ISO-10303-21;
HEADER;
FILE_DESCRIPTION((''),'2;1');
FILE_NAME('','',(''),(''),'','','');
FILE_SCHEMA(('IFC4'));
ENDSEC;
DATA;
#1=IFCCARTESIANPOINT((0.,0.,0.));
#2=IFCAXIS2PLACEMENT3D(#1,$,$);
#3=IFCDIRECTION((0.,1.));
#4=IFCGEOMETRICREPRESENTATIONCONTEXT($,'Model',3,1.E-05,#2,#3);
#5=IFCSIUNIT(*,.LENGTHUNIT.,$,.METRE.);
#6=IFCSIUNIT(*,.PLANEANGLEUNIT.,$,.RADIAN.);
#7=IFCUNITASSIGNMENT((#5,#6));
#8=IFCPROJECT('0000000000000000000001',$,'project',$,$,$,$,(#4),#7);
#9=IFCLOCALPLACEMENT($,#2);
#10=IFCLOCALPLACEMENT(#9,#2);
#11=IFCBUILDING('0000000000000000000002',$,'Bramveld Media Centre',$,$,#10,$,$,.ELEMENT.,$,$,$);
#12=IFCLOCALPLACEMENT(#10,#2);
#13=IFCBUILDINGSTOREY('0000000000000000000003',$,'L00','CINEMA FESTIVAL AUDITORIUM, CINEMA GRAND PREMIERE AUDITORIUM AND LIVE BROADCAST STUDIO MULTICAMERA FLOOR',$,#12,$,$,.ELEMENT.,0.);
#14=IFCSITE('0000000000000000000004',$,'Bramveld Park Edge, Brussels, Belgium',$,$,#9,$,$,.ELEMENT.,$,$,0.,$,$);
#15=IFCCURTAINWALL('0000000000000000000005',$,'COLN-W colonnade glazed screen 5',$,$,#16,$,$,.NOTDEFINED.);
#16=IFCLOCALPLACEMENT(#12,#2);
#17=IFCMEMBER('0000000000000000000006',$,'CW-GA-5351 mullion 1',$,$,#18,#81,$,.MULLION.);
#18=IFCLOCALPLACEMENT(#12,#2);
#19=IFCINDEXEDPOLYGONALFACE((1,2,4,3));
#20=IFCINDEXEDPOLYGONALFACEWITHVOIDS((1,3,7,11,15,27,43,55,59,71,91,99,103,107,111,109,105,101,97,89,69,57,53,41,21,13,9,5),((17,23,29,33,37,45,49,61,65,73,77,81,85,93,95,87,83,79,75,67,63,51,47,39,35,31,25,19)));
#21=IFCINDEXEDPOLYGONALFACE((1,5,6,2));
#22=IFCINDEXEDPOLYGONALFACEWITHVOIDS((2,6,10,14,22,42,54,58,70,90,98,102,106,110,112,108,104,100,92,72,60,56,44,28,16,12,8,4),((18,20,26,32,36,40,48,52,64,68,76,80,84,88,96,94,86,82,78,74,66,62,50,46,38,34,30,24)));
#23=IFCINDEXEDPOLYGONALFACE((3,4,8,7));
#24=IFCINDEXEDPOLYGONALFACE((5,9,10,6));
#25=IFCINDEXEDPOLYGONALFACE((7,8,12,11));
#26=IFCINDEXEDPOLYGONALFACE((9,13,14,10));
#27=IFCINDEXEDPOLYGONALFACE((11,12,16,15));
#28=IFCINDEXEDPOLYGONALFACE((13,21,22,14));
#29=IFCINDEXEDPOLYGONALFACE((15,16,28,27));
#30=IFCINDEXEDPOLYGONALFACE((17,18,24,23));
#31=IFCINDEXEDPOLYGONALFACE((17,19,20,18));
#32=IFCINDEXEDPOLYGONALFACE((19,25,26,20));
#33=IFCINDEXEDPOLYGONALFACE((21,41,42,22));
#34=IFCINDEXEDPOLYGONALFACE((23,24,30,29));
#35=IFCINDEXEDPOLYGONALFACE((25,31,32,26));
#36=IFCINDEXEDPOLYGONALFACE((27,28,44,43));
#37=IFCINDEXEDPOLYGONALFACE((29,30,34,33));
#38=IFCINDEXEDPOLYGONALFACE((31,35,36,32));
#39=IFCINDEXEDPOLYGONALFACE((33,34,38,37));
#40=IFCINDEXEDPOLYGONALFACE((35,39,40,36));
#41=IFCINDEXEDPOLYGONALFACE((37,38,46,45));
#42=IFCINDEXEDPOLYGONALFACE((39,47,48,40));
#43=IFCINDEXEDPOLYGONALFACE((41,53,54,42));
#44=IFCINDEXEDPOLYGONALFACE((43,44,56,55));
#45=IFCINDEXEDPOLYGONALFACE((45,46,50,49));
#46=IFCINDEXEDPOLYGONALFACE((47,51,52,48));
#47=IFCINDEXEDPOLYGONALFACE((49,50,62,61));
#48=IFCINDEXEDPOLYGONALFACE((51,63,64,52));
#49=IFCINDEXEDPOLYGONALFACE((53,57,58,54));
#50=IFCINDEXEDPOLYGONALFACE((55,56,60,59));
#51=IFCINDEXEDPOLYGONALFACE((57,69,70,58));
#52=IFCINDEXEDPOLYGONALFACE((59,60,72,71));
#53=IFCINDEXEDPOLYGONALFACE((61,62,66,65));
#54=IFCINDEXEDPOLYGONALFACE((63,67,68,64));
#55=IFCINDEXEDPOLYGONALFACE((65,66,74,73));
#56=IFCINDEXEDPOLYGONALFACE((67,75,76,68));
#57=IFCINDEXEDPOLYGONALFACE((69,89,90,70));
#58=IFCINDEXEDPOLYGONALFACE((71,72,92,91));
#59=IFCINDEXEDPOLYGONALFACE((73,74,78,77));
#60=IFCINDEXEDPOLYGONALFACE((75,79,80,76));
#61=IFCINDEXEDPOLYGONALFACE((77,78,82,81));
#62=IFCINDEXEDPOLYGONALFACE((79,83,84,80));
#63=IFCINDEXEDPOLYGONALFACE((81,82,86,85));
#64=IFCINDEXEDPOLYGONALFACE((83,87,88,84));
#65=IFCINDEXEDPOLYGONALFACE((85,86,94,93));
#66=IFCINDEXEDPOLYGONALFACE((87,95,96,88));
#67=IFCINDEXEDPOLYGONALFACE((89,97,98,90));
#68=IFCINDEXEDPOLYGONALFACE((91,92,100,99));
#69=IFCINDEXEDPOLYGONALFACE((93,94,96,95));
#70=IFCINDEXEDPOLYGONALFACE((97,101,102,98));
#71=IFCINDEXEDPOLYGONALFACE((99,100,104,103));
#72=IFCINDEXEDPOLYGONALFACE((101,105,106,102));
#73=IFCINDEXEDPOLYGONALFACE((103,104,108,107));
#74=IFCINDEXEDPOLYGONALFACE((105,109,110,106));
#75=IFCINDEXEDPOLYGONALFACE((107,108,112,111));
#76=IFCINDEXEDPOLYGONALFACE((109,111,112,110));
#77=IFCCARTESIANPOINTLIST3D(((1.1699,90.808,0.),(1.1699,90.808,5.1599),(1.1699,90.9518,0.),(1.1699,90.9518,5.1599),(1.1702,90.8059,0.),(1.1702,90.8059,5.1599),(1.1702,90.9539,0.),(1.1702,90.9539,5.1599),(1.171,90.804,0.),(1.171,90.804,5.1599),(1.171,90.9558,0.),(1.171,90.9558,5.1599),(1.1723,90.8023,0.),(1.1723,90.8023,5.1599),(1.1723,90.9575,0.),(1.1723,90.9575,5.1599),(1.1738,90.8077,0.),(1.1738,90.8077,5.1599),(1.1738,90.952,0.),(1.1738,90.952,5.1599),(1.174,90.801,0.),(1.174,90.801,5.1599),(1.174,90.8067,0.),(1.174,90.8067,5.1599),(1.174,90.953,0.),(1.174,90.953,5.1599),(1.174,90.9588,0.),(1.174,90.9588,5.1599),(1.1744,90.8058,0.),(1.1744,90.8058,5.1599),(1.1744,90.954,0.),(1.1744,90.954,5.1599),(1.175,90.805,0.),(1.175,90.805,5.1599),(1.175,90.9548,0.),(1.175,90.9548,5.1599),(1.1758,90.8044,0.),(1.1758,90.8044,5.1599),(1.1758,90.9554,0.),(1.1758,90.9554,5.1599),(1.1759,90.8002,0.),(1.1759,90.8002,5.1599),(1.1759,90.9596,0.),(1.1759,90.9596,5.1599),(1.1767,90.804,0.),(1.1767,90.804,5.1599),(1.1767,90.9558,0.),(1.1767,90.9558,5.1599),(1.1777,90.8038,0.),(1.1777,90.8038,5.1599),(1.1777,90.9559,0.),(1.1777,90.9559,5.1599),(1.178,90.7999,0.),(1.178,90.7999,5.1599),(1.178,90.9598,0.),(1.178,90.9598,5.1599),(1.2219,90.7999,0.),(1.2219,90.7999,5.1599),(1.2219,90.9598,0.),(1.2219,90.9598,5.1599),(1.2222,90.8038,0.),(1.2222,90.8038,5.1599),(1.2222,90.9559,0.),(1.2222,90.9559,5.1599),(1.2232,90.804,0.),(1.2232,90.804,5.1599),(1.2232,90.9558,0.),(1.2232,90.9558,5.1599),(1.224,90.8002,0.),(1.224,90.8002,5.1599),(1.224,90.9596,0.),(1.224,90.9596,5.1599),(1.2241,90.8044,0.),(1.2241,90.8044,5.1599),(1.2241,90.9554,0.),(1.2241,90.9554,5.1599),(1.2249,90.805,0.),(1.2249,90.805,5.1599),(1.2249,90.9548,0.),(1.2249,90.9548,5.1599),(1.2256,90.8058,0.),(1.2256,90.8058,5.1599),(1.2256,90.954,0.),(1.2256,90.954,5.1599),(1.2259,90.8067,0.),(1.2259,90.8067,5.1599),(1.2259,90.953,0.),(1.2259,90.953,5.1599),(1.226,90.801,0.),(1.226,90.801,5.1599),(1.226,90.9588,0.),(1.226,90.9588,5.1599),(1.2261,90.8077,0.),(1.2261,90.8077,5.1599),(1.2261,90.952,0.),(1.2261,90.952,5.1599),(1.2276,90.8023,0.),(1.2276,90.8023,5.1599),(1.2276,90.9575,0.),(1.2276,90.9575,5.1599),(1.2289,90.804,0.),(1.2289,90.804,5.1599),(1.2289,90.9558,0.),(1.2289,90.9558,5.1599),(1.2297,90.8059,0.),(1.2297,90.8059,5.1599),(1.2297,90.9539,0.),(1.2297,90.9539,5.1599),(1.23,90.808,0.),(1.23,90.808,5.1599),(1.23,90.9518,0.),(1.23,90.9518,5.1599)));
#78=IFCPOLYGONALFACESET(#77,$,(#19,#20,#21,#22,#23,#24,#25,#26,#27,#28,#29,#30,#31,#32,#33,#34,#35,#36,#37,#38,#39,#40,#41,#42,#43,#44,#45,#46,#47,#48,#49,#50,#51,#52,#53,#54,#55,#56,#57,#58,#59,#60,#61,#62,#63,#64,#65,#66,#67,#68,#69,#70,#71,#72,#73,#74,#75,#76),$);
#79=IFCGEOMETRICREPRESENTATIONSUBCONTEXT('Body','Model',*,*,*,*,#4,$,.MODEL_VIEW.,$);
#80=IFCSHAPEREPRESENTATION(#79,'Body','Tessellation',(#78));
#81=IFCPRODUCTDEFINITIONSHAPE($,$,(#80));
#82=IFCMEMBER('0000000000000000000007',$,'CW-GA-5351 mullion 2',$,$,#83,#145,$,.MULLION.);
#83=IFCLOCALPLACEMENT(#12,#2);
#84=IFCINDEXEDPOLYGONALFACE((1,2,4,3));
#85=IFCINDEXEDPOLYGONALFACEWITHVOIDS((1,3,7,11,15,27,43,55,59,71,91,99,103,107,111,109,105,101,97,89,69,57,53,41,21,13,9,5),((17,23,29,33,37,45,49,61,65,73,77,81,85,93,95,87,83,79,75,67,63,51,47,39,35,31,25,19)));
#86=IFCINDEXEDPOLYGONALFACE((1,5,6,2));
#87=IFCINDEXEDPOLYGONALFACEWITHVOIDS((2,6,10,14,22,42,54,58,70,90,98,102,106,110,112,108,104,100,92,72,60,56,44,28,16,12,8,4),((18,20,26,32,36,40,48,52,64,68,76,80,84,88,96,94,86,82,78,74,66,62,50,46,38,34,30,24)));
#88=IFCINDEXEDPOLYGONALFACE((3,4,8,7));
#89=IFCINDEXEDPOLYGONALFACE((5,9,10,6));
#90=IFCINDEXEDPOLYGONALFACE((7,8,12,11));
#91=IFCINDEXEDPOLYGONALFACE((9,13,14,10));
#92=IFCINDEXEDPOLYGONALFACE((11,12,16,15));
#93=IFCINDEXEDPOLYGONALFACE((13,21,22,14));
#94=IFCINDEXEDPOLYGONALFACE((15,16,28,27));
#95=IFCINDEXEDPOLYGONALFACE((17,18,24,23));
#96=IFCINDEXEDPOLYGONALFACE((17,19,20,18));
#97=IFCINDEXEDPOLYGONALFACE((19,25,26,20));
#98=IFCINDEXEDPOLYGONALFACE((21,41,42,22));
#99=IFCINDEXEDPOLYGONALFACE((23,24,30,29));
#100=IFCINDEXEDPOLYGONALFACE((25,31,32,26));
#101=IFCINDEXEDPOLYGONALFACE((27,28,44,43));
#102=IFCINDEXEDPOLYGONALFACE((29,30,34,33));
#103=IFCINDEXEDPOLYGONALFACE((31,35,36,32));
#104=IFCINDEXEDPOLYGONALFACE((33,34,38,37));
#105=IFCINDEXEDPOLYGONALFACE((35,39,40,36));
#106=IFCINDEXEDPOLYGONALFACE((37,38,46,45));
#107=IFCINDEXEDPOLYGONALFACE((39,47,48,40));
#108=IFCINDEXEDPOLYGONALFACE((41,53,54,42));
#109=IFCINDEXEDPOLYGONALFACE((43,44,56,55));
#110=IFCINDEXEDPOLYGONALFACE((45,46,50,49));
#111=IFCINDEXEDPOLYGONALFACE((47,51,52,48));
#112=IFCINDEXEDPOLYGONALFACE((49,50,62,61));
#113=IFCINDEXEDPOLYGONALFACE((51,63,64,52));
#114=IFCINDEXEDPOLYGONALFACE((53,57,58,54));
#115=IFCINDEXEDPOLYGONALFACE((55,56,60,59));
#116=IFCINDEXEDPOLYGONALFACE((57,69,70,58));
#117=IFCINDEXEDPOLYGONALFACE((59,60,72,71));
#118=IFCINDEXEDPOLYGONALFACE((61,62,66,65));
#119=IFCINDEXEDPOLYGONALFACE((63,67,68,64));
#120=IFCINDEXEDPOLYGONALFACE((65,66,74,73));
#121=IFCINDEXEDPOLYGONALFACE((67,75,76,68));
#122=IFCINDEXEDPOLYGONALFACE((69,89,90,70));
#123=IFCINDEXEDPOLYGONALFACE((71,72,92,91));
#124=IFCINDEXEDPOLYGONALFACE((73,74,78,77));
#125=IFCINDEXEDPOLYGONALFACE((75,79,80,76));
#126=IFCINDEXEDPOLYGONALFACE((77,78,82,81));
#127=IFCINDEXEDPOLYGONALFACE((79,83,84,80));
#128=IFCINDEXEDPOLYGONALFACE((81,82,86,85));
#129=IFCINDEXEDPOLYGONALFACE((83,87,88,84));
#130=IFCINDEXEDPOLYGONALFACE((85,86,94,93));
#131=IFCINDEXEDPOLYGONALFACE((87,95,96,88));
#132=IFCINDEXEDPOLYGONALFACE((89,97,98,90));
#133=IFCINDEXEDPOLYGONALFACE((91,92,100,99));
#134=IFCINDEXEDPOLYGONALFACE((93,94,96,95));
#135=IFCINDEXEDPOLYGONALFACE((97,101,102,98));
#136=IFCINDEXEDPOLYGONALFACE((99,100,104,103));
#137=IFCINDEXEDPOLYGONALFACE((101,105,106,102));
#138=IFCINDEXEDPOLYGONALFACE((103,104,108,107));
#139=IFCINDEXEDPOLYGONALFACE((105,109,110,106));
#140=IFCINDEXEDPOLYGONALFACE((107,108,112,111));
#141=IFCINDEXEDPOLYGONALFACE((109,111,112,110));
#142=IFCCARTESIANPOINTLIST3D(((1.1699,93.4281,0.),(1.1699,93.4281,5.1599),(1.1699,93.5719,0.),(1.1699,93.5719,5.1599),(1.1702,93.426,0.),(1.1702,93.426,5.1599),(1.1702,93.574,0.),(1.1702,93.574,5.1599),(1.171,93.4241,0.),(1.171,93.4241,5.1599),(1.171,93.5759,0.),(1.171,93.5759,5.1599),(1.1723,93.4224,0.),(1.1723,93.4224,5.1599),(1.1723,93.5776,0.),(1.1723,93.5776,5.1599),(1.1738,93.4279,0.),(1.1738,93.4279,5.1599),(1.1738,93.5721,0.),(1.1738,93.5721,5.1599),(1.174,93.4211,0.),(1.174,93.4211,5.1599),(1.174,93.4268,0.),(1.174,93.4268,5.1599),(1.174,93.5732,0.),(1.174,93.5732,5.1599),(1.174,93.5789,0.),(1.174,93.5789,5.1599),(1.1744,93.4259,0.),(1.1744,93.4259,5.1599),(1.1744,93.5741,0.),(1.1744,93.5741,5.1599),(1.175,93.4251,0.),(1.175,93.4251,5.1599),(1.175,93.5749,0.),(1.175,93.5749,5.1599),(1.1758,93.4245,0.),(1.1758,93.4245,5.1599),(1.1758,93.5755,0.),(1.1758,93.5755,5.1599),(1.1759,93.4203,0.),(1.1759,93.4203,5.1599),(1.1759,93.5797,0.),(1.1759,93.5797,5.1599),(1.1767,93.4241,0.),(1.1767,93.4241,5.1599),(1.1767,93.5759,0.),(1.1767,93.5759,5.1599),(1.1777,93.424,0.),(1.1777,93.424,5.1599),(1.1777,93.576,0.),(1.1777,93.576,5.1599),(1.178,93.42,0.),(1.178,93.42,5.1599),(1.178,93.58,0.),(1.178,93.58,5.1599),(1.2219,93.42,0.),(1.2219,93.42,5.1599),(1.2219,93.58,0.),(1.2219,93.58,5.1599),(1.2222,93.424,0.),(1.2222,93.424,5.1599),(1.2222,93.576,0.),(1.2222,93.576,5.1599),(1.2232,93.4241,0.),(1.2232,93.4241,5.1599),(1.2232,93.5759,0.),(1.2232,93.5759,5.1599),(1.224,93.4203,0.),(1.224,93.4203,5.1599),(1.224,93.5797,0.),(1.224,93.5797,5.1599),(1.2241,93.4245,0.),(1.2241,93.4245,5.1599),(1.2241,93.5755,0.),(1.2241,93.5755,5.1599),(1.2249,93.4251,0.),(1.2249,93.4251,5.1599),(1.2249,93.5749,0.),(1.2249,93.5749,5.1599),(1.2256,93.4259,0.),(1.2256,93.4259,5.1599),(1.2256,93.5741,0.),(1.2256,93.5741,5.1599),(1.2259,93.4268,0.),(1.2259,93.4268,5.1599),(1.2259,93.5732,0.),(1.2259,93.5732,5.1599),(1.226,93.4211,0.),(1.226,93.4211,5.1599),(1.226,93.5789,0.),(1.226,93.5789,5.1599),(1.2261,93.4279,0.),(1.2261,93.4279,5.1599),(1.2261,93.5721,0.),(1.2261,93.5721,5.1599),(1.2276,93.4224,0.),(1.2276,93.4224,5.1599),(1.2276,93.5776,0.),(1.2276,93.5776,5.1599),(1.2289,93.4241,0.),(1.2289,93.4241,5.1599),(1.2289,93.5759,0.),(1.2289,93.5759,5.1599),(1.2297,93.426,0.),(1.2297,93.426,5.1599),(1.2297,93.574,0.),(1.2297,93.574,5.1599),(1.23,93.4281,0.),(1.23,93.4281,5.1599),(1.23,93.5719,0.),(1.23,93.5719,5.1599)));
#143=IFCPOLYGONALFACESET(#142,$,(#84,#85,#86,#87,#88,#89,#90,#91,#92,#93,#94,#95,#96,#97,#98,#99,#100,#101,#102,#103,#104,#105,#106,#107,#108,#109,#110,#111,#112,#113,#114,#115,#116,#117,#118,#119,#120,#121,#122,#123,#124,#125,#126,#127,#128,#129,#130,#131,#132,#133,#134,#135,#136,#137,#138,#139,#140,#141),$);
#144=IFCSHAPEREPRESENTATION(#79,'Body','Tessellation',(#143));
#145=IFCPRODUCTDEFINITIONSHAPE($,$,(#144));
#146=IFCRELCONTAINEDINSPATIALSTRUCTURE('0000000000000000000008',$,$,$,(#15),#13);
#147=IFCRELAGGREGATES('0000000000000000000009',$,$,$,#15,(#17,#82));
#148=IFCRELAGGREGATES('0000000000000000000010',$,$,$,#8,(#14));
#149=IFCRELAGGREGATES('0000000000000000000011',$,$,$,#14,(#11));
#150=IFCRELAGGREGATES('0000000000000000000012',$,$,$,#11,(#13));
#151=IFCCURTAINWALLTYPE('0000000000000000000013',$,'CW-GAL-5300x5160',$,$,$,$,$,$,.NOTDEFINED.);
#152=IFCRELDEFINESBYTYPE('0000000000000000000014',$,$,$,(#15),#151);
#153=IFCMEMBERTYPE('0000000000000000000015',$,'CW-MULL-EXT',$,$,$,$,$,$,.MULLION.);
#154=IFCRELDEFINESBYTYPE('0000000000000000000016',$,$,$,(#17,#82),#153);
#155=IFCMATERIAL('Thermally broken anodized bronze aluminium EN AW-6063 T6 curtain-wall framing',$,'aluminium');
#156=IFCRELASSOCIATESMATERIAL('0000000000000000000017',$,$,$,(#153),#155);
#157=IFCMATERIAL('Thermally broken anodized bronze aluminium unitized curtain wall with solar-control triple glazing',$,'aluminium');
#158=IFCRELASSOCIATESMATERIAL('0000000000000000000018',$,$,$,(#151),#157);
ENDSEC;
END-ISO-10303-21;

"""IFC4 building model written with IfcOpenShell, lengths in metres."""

from ifc_helpers import new_model, si_unit, direction, frame, origin, origin_2d, place, context, subcontext, project, spatial, hollow_rectangle, extrude, material, material_profile, profile_set, type_object, element, aggregate, save


model = new_model("IFC4")

# Units and contexts
model_context = context("Model", 3, precision=1e-05, world=origin(), true_north=direction((0.0, 1.0)))
body_context = subcontext(model_context, "Body", "Model", "MODEL_VIEW")
ifc_project = project(units=[si_unit("LENGTHUNIT", "METRE"), si_unit("PLANEANGLEUNIT", "RADIAN")], contexts=[model_context])

# Site, building, storey
site_placement = place(None, origin())
site = spatial("IfcSite", under=ifc_project, at=site_placement, Name="Bramveld Park Edge, Brussels, Belgium", CompositionType="ELEMENT", RefElevation=0.0)
building_placement = place(site_placement, origin())
building = spatial("IfcBuilding", under=site, at=building_placement, Name="Bramveld Media Centre", CompositionType="ELEMENT")
storey_placement = place(building_placement, origin())
storey = spatial("IfcBuildingStorey", under=building, at=storey_placement, Name="L00", Description="CINEMA FESTIVAL AUDITORIUM, CINEMA GRAND PREMIERE AUDITORIUM AND LIVE BROADCAST STUDIO MULTICAMERA FLOOR", CompositionType="ELEMENT", Elevation=0.0)

# Shared definitions
ifc_material_1 = material(Name="Thermally broken anodized bronze aluminium EN AW-6063 T6 curtain-wall framing", Category="aluminium")
ifc_material_profile_1 = material_profile(ifc_material_1, hollow_rectangle(XDim=0.0601, YDim=0.1599, WallThickness=0.0039, InnerFilletRadius=0.0039, OuterFilletRadius=0.0081, at=origin_2d()), Name="AL-MULL 60x160")
ifc_profile_set_1 = profile_set([ifc_material_profile_1], Name="Thermally broken anodized bronze aluminium EN AW-6063 T6 curtain-wall framing")
member_type_1 = type_object("IfcMemberType", Name="CW-MULL-EXT", PredefinedType="MULLION", material=ifc_profile_set_1)

# Curtain wall, members
ifc_material_2 = material(Name="Thermally broken anodized bronze aluminium unitized curtain wall with solar-control triple glazing", Category="aluminium")
curtain_wall_type_1 = type_object("IfcCurtainWallType", Name="CW-GAL-5300x5160", PredefinedType="NOTDEFINED", material=ifc_material_2)
curtain_wall_1_placement = place(storey_placement, origin())
curtain_wall_1 = element("IfcCurtainWall", 1, at=curtain_wall_1_placement, inside=storey, type_object=curtain_wall_type_1, Name="COLN-W colonnade glazed screen 5", PredefinedType="NOTDEFINED")
member_1_placement = place(storey_placement, frame((1.2, 90.8799, 0.0), z_axis=(0.0, 0.0, 1.0), x_axis=(-1.0, 0.0, 0.0)))
member_1 = element("IfcMember", 2, at=member_1_placement, type_object=member_type_1, Name="CW-GA-5351 mullion 1", PredefinedType="MULLION", context=body_context, shape_type="SweptSolid", body=[
    extrude(hollow_rectangle(XDim=0.0601, YDim=0.1599, WallThickness=0.0039, InnerFilletRadius=0.0039, OuterFilletRadius=0.0081, at=origin_2d()), origin(), (0.0, 0.0, 1.0), 5.1599),
])
member_2_placement = place(storey_placement, frame((1.2, 93.5, 0.0), z_axis=(0.0, 0.0, 1.0), x_axis=(-1.0, 0.0, 0.0)))
member_2 = element("IfcMember", 3, at=member_2_placement, type_object=member_type_1, Name="CW-GA-5351 mullion 2", PredefinedType="MULLION", context=body_context, shape_type="SweptSolid", body=[
    extrude(hollow_rectangle(XDim=0.0601, YDim=0.1599, WallThickness=0.0039, InnerFilletRadius=0.0039, OuterFilletRadius=0.0081, at=origin_2d()), origin(), (0.0, 0.0, 1.0), 5.1599),
])

aggregate(curtain_wall_1, [member_1, member_2])

save(model, "model.ifc")
